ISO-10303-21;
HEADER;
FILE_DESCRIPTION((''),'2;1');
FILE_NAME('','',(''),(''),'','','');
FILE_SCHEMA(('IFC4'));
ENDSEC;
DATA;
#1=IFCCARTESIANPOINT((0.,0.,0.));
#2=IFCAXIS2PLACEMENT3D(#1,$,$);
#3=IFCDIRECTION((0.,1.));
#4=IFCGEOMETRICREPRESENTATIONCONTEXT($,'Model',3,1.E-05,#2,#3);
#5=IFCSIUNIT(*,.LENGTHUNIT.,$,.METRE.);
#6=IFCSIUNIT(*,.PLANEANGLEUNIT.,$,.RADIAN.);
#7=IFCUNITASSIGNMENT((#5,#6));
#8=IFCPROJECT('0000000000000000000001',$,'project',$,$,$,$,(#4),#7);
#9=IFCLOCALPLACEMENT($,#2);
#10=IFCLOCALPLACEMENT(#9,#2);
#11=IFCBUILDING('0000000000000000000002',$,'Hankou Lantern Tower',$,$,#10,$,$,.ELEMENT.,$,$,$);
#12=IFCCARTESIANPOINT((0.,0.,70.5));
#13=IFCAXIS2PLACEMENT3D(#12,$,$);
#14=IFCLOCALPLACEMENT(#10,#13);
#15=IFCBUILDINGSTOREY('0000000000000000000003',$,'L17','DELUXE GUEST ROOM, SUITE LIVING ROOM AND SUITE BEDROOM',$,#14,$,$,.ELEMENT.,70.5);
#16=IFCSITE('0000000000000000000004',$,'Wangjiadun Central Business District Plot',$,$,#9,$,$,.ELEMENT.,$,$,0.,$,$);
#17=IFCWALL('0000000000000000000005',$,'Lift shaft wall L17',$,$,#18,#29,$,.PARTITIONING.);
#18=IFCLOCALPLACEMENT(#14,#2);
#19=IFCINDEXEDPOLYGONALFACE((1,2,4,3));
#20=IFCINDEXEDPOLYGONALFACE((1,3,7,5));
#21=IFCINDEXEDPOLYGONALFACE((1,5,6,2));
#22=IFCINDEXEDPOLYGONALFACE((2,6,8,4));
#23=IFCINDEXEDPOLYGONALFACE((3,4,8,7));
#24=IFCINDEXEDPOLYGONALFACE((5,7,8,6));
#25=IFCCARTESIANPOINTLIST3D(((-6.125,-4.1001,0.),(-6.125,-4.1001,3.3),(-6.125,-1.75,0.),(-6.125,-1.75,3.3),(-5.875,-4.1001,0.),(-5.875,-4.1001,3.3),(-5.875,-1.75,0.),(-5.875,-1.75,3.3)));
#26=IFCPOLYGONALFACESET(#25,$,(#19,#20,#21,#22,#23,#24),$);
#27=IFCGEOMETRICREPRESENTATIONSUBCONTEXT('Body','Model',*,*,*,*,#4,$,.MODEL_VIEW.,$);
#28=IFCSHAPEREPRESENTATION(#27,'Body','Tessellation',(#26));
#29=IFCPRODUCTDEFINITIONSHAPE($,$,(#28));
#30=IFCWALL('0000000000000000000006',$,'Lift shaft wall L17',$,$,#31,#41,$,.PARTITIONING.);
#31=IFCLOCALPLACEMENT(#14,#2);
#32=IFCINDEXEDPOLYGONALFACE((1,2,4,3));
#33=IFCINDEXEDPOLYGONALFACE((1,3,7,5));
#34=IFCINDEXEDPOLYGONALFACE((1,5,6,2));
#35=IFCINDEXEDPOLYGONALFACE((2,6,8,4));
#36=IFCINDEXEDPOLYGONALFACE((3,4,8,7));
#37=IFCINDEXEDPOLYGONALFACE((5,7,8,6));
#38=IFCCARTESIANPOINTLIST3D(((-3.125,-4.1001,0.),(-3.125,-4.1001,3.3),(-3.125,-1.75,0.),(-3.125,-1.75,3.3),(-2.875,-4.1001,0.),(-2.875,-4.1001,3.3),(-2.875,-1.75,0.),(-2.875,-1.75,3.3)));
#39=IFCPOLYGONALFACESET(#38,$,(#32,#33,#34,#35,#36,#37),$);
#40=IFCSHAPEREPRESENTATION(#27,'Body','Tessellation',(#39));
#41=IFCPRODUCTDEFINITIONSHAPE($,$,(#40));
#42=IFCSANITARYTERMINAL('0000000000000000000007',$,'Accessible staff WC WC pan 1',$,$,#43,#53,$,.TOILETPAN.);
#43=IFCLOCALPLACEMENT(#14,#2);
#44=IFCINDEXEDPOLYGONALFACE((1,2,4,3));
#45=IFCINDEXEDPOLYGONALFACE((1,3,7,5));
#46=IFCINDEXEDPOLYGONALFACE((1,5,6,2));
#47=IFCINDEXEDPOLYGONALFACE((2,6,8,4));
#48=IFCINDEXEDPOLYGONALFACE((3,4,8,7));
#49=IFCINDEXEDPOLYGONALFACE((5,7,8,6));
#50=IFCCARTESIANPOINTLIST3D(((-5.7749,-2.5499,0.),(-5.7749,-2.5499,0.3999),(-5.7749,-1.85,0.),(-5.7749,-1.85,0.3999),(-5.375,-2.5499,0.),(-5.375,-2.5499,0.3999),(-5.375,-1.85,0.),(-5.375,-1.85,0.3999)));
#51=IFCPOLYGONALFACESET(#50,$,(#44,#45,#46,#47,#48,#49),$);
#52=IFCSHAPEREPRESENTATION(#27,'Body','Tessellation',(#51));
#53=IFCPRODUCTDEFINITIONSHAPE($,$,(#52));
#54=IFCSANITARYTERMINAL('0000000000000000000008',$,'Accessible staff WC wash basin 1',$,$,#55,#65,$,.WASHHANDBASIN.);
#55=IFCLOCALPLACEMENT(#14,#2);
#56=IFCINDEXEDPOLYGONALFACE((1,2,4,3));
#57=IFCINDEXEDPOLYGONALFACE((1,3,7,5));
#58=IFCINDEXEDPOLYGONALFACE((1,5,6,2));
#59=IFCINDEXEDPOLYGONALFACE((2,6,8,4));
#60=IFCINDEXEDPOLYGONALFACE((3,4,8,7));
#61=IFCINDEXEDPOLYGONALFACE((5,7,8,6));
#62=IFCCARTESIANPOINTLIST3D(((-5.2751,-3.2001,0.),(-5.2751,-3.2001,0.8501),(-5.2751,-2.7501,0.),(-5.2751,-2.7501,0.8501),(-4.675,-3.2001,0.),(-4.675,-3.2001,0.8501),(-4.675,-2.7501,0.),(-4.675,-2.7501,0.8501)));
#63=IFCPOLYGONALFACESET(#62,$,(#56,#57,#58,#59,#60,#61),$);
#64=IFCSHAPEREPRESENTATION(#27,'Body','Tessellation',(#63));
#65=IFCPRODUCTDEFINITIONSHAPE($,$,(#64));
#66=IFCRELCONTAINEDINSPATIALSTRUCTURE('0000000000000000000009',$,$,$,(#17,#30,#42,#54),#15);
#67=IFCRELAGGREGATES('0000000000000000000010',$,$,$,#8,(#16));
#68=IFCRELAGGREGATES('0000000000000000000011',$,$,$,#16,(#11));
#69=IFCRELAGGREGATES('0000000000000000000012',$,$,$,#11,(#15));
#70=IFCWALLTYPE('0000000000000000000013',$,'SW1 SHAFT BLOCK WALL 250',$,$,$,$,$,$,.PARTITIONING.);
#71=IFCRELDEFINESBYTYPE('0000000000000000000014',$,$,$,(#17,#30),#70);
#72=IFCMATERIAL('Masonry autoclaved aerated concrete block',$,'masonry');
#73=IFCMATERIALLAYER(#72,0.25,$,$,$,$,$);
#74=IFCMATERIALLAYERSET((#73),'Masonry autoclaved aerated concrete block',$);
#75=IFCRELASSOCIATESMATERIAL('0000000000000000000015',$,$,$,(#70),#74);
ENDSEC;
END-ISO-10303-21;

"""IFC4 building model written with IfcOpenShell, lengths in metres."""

from ifc_helpers import new_model, si_unit, direction, frame, frame_2d, origin, origin_2d, place, context, subcontext, project, spatial, rectangle, extrude, material, layer, layer_set, type_object, element, save


model = new_model("IFC4")

# Units and contexts
model_context = context("Model", 3, precision=1e-05, world=origin(), true_north=direction((0.0, 1.0)))
body_context = subcontext(model_context, "Body", "Model", "MODEL_VIEW")
ifc_project = project(units=[si_unit("LENGTHUNIT", "METRE"), si_unit("PLANEANGLEUNIT", "RADIAN")], contexts=[model_context])

# Site, building, storey
site_placement = place(None, origin())
site = spatial("IfcSite", under=ifc_project, at=site_placement, Name="Wangjiadun Central Business District Plot", CompositionType="ELEMENT", RefElevation=0.0)
building_placement = place(site_placement, origin())
building = spatial("IfcBuilding", under=site, at=building_placement, Name="Hankou Lantern Tower", CompositionType="ELEMENT")
storey_placement = place(building_placement, frame((0.0, 0.0, 70.5)))
storey = spatial("IfcBuildingStorey", under=building, at=storey_placement, Name="L17", Description="DELUXE GUEST ROOM, SUITE LIVING ROOM AND SUITE BEDROOM", CompositionType="ELEMENT", Elevation=70.5)

# Walls
ifc_material_1 = material(Name="Masonry autoclaved aerated concrete block", Category="masonry")
ifc_layer_1 = layer(ifc_material_1, 0.25)
ifc_layer_set_1 = layer_set([ifc_layer_1], Name="Masonry autoclaved aerated concrete block")
wall_type_1 = type_object("IfcWallType", Name="SW1 SHAFT BLOCK WALL 250", PredefinedType="PARTITIONING", material=ifc_layer_set_1)
for number, where, z_axis, x_axis, name in (
    (1, (-6.0, -4.1001, 0.0), (0.0, 0.0, 1.0), (0.0, 1.0, 0.0), "Lift shaft wall L17"),
    (2, (-3.0, -4.1001, 0.0), (0.0, 0.0, 1.0), (0.0, 1.0, 0.0), "Lift shaft wall L17"),
):
    element("IfcWall", number, at=place(storey_placement, frame(where, z_axis=z_axis, x_axis=x_axis)), inside=storey, type_object=wall_type_1, Name=name, PredefinedType="PARTITIONING", context=body_context, shape_type="SweptSolid", body=[
        extrude(rectangle(XDim=2.3501, YDim=0.25, at=frame_2d((1.175, 0.0))), origin(), (0.0, 0.0, 1.0), 3.3),
    ])

# Sanitary terminals
sanitary_terminal_1_placement = place(storey_placement, frame((-5.575, -2.2, 0.0), z_axis=(0.0, 0.0, 1.0), x_axis=(1.0, 0.0, 0.0)))
element("IfcSanitaryTerminal", 3, at=sanitary_terminal_1_placement, inside=storey, Name="Accessible staff WC WC pan 1", PredefinedType="TOILETPAN", context=body_context, shape_type="SweptSolid", body=[
    extrude(rectangle(XDim=0.3999, YDim=0.7, at=origin_2d()), origin(), (0.0, 0.0, 1.0), 0.3999),
])
sanitary_terminal_2_placement = place(storey_placement, frame((-4.9751, -2.9751, 0.0), z_axis=(0.0, 0.0, 1.0), x_axis=(1.0, 0.0, 0.0)))
element("IfcSanitaryTerminal", 4, at=sanitary_terminal_2_placement, inside=storey, Name="Accessible staff WC wash basin 1", PredefinedType="WASHHANDBASIN", context=body_context, shape_type="SweptSolid", body=[
    extrude(rectangle(XDim=0.6001, YDim=0.45, at=origin_2d()), origin(), (0.0, 0.0, 1.0), 0.8501),
])

save(model, "model.ifc")
